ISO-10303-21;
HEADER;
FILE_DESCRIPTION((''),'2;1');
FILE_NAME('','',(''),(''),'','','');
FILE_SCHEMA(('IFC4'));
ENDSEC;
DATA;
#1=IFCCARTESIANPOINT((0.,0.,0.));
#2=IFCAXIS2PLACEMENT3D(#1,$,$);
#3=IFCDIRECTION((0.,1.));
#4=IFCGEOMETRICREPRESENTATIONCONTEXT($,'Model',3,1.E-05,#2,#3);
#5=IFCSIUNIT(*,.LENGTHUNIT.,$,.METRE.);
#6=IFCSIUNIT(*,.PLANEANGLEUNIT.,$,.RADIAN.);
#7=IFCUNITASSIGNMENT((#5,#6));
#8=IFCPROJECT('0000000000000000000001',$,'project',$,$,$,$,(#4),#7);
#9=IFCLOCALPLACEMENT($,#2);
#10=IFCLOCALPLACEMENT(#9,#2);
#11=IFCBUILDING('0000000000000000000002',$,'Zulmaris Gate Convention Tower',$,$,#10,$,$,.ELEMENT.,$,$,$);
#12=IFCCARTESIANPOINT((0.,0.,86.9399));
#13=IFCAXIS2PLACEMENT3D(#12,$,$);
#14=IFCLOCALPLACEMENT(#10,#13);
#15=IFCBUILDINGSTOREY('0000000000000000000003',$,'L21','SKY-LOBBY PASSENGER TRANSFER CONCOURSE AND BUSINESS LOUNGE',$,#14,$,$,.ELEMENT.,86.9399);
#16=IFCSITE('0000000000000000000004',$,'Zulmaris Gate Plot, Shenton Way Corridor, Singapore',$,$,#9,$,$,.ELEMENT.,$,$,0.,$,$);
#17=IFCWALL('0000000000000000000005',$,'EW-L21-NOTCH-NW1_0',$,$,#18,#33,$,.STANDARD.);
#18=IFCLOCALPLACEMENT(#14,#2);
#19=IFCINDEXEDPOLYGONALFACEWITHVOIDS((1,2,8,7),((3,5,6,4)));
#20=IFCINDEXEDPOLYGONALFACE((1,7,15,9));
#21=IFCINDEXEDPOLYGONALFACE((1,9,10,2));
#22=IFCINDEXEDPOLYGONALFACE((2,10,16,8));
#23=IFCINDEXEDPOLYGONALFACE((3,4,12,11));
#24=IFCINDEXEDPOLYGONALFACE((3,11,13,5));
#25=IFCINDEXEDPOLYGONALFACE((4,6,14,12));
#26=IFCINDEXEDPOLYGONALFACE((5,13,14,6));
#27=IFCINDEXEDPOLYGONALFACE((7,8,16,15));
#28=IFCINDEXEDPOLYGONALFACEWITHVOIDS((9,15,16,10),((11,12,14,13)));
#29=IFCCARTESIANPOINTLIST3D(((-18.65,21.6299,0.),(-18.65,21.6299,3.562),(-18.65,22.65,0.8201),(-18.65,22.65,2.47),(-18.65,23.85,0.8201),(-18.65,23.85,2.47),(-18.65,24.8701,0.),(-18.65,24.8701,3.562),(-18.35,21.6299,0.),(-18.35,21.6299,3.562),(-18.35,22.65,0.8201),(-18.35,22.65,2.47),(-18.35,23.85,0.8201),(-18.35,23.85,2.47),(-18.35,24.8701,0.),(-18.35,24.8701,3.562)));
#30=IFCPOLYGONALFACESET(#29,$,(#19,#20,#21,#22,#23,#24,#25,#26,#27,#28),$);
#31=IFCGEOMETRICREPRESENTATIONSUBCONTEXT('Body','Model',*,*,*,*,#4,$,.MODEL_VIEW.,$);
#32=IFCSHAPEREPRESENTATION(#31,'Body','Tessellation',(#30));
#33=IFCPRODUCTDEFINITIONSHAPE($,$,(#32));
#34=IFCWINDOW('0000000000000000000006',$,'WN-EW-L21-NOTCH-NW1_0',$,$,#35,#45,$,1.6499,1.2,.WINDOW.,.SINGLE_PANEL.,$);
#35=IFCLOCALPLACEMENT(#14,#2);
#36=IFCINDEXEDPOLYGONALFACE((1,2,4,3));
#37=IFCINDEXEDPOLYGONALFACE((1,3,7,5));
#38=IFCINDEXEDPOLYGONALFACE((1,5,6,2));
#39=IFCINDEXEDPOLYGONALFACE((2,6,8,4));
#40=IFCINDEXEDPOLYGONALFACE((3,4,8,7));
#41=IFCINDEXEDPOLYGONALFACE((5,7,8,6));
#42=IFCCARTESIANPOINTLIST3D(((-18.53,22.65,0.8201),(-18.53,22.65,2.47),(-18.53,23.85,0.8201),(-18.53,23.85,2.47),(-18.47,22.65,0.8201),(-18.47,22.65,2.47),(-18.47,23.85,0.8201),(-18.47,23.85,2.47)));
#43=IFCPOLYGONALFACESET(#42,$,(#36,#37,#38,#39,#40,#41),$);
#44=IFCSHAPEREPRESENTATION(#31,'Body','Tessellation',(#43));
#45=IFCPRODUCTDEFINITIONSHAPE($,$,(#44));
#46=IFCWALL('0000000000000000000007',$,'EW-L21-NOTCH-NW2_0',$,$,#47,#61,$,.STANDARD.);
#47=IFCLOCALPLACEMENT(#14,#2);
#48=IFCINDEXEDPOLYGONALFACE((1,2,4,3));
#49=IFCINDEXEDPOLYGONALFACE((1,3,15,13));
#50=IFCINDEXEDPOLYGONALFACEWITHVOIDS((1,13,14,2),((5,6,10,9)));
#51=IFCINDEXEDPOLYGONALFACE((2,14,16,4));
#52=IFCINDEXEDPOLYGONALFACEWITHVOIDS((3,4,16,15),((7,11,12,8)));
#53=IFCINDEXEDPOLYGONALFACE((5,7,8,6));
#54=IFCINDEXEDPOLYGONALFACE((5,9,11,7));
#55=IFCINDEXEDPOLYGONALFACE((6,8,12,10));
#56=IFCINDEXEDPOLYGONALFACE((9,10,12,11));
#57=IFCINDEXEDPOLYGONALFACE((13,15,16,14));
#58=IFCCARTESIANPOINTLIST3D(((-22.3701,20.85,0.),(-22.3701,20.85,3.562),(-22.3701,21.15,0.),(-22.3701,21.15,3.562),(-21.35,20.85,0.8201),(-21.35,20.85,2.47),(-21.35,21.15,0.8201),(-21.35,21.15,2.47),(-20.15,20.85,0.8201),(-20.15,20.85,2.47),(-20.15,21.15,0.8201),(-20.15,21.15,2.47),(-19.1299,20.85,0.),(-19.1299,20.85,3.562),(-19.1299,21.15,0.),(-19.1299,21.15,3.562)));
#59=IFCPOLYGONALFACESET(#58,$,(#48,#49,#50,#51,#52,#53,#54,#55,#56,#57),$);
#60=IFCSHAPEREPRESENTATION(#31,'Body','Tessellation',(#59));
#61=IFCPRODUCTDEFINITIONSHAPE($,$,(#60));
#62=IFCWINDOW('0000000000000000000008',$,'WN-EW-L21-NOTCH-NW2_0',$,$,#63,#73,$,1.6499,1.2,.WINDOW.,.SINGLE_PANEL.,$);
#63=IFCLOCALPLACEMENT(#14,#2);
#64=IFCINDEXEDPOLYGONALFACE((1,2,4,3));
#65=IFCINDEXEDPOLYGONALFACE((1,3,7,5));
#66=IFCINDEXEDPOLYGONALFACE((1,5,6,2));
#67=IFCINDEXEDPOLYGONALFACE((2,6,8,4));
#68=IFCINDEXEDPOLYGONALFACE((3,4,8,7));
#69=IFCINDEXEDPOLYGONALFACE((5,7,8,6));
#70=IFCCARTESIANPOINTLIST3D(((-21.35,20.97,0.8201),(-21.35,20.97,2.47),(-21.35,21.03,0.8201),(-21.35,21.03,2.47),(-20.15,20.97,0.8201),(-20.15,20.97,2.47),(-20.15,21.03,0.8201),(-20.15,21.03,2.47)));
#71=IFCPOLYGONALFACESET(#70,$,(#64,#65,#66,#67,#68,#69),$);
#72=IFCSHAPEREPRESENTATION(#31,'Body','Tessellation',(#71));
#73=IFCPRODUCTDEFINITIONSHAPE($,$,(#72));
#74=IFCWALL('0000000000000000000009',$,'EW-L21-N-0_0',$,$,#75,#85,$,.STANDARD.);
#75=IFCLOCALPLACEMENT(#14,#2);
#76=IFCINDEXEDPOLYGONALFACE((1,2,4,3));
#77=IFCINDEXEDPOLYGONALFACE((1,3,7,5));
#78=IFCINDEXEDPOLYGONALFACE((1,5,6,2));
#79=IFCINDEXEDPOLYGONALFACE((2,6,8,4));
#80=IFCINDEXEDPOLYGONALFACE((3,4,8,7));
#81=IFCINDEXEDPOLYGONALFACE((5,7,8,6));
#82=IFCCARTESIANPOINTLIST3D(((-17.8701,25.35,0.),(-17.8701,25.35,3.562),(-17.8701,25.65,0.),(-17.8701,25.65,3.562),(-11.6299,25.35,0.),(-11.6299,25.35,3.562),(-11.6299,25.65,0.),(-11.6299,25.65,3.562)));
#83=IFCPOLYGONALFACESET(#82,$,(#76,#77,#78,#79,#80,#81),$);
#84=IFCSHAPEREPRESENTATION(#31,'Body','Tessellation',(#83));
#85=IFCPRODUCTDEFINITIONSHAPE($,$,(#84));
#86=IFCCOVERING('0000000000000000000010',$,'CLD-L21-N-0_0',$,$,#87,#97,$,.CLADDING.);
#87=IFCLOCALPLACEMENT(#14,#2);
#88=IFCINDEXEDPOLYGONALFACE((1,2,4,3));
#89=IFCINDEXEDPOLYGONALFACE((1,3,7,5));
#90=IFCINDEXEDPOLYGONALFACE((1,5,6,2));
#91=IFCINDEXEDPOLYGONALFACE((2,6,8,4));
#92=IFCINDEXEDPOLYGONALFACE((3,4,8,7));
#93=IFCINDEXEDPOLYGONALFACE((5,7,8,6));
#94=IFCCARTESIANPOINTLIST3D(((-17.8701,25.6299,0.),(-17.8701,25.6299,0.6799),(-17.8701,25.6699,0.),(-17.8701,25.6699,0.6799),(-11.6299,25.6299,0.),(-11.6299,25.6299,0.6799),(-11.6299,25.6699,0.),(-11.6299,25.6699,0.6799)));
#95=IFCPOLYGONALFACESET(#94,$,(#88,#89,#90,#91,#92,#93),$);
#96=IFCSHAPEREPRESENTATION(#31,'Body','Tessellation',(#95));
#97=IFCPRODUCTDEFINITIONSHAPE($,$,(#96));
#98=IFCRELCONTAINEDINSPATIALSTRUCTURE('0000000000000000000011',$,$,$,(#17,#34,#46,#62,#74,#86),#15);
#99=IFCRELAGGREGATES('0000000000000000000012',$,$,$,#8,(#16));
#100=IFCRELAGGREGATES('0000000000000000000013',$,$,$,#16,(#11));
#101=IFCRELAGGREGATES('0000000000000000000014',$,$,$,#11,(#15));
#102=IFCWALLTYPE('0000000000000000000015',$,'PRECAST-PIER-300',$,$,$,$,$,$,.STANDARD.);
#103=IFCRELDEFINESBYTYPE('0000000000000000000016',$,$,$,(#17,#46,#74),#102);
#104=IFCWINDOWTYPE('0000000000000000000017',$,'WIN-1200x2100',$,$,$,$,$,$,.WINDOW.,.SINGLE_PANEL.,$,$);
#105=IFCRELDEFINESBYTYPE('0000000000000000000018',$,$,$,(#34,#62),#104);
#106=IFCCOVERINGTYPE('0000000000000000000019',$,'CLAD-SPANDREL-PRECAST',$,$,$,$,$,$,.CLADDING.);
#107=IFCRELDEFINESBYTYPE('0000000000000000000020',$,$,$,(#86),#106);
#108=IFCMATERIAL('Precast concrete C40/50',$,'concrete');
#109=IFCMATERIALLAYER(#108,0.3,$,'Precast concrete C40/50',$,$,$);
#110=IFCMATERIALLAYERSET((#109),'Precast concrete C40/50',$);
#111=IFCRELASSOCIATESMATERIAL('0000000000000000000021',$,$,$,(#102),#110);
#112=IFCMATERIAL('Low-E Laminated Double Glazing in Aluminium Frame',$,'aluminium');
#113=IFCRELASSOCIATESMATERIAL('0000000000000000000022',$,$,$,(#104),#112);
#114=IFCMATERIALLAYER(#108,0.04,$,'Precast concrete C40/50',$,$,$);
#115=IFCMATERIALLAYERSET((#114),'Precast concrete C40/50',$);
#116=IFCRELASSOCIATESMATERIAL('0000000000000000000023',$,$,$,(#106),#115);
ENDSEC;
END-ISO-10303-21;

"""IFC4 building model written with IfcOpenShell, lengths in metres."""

from ifc_helpers import new_model, si_unit, direction, frame, frame_2d, origin, place, context, subcontext, project, spatial, rectangle, extrude, material, layer, layer_set, type_object, element, fill, save


model = new_model("IFC4")

# Units and contexts
model_context = context("Model", 3, precision=1e-05, world=origin(), true_north=direction((0.0, 1.0)))
body_context = subcontext(model_context, "Body", "Model", "MODEL_VIEW")
ifc_project = project(units=[si_unit("LENGTHUNIT", "METRE"), si_unit("PLANEANGLEUNIT", "RADIAN")], contexts=[model_context])

# Site, building, storey
site_placement = place(None, origin())
site = spatial("IfcSite", under=ifc_project, at=site_placement, Name="Zulmaris Gate Plot, Shenton Way Corridor, Singapore", CompositionType="ELEMENT", RefElevation=0.0)
building_placement = place(site_placement, origin())
building = spatial("IfcBuilding", under=site, at=building_placement, Name="Zulmaris Gate Convention Tower", CompositionType="ELEMENT")
storey_placement = place(building_placement, frame((0.0, 0.0, 86.9399)))
storey = spatial("IfcBuildingStorey", under=building, at=storey_placement, Name="L21", Description="SKY-LOBBY PASSENGER TRANSFER CONCOURSE AND BUSINESS LOUNGE", CompositionType="ELEMENT", Elevation=86.9399)

# Walls, openings, windows
ifc_material_1 = material(Name="Precast concrete C40/50", Category="concrete")
ifc_layer_1 = layer(ifc_material_1, 0.3, Name="Precast concrete C40/50")
ifc_layer_set_1 = layer_set([ifc_layer_1], Name="Precast concrete C40/50")
wall_type_1 = type_object("IfcWallType", Name="PRECAST-PIER-300", PredefinedType="STANDARD", material=ifc_layer_set_1)
wall_1_placement = place(storey_placement, frame((-18.5, 24.8701, 0.0), z_axis=(0.0, 0.0, 1.0), x_axis=(0.0, -1.0, 0.0)))
wall_1 = element("IfcWall", 1, at=wall_1_placement, inside=storey, type_object=wall_type_1, Name="EW-L21-NOTCH-NW1_0", PredefinedType="STANDARD", context=body_context, shape_type="SweptSolid", body=[
    extrude(rectangle(XDim=3.2402, YDim=0.3, at=frame_2d((1.6201, 0.0))), origin(), (0.0, 0.0, 1.0), 3.562),
])
opening_1_placement = place(wall_1_placement, frame((1.02, 0.0, 0.8201)))
opening_1 = element("IfcOpeningElement", 2, at=opening_1_placement, cuts=wall_1, PredefinedType="OPENING", context=body_context, shape_type="SweptSolid", body=[
    extrude(rectangle(XDim=1.2, YDim=1.6499, at=frame_2d((0.6001, 0.825))), frame((0.0, 0.1602, 0.0), z_axis=(0.0, -1.0, 0.0), x_axis=(1.0, 0.0, 0.0)), (0.0, 0.0, 1.0), 0.3201),
])
ifc_material_2 = material(Name="Low-E Laminated Double Glazing in Aluminium Frame", Category="aluminium")
window_type = type_object("IfcWindowType", Name="WIN-1200x2100", PartitioningType="SINGLE_PANEL", PredefinedType="WINDOW", material=ifc_material_2)
window_1_placement = place(opening_1_placement, origin())
window_1 = element("IfcWindow", 3, at=window_1_placement, inside=storey, type_object=window_type, Name="WN-EW-L21-NOTCH-NW1_0", OverallHeight=1.6499, OverallWidth=1.2, PartitioningType="SINGLE_PANEL", PredefinedType="WINDOW", context=body_context, shape_type="SweptSolid", body=[
    extrude(rectangle(XDim=1.2, YDim=1.6499, at=frame_2d((0.6001, 0.825))), frame((0.0, 0.03, 0.0), z_axis=(0.0, -1.0, 0.0), x_axis=(1.0, 0.0, 0.0)), (0.0, 0.0, 1.0), 0.0601),
])
fill(opening_1, window_1)
wall_2_placement = place(storey_placement, frame((-19.1299, 21.0, 0.0), z_axis=(0.0, 0.0, 1.0), x_axis=(-1.0, 0.0, 0.0)))
wall_2 = element("IfcWall", 4, at=wall_2_placement, inside=storey, type_object=wall_type_1, Name="EW-L21-NOTCH-NW2_0", PredefinedType="STANDARD", context=body_context, shape_type="SweptSolid", body=[
    extrude(rectangle(XDim=3.2402, YDim=0.3, at=frame_2d((1.6201, 0.0))), origin(), (0.0, 0.0, 1.0), 3.562),
])
opening_2_placement = place(wall_2_placement, frame((1.02, 0.0, 0.8201)))
opening_2 = element("IfcOpeningElement", 5, at=opening_2_placement, cuts=wall_2, PredefinedType="OPENING", context=body_context, shape_type="SweptSolid", body=[
    extrude(rectangle(XDim=1.2, YDim=1.6499, at=frame_2d((0.6001, 0.825))), frame((0.0, 0.1602, 0.0), z_axis=(0.0, -1.0, 0.0), x_axis=(1.0, 0.0, 0.0)), (0.0, 0.0, 1.0), 0.3201),
])
window_2_placement = place(opening_2_placement, origin())
window_2 = element("IfcWindow", 6, at=window_2_placement, inside=storey, type_object=window_type, Name="WN-EW-L21-NOTCH-NW2_0", OverallHeight=1.6499, OverallWidth=1.2, PartitioningType="SINGLE_PANEL", PredefinedType="WINDOW", context=body_context, shape_type="SweptSolid", body=[
    extrude(rectangle(XDim=1.2, YDim=1.6499, at=frame_2d((0.6001, 0.825))), frame((0.0, 0.03, 0.0), z_axis=(0.0, -1.0, 0.0), x_axis=(1.0, 0.0, 0.0)), (0.0, 0.0, 1.0), 0.0601),
])
fill(opening_2, window_2)

# Wall
wall_3_placement = place(storey_placement, frame((-11.6299, 25.5, 0.0), z_axis=(0.0, 0.0, 1.0), x_axis=(-1.0, 0.0, 0.0)))
element("IfcWall", 7, at=wall_3_placement, inside=storey, type_object=wall_type_1, Name="EW-L21-N-0_0", PredefinedType="STANDARD", context=body_context, shape_type="SweptSolid", body=[
    extrude(rectangle(XDim=6.2402, YDim=0.3, at=frame_2d((3.1201, 0.0))), origin(), (0.0, 0.0, 1.0), 3.562),
])

# Covering
ifc_layer_2 = layer(ifc_material_1, 0.04, Name="Precast concrete C40/50")
ifc_layer_set_2 = layer_set([ifc_layer_2], Name="Precast concrete C40/50")
covering_type = type_object("IfcCoveringType", Name="CLAD-SPANDREL-PRECAST", PredefinedType="CLADDING", material=ifc_layer_set_2)
covering_placement = place(storey_placement, frame((-11.6299, 25.6499, 0.0), z_axis=(0.0, 0.0, 1.0), x_axis=(-1.0, 0.0, 0.0)))
element("IfcCovering", 8, at=covering_placement, inside=storey, type_object=covering_type, Name="CLD-L21-N-0_0", PredefinedType="CLADDING", context=body_context, shape_type="SweptSolid", body=[
    extrude(rectangle(XDim=6.2402, YDim=0.04, at=frame_2d((3.1201, 0.0))), origin(), (0.0, 0.0, 1.0), 0.6799),
])

save(model, "model.ifc")
